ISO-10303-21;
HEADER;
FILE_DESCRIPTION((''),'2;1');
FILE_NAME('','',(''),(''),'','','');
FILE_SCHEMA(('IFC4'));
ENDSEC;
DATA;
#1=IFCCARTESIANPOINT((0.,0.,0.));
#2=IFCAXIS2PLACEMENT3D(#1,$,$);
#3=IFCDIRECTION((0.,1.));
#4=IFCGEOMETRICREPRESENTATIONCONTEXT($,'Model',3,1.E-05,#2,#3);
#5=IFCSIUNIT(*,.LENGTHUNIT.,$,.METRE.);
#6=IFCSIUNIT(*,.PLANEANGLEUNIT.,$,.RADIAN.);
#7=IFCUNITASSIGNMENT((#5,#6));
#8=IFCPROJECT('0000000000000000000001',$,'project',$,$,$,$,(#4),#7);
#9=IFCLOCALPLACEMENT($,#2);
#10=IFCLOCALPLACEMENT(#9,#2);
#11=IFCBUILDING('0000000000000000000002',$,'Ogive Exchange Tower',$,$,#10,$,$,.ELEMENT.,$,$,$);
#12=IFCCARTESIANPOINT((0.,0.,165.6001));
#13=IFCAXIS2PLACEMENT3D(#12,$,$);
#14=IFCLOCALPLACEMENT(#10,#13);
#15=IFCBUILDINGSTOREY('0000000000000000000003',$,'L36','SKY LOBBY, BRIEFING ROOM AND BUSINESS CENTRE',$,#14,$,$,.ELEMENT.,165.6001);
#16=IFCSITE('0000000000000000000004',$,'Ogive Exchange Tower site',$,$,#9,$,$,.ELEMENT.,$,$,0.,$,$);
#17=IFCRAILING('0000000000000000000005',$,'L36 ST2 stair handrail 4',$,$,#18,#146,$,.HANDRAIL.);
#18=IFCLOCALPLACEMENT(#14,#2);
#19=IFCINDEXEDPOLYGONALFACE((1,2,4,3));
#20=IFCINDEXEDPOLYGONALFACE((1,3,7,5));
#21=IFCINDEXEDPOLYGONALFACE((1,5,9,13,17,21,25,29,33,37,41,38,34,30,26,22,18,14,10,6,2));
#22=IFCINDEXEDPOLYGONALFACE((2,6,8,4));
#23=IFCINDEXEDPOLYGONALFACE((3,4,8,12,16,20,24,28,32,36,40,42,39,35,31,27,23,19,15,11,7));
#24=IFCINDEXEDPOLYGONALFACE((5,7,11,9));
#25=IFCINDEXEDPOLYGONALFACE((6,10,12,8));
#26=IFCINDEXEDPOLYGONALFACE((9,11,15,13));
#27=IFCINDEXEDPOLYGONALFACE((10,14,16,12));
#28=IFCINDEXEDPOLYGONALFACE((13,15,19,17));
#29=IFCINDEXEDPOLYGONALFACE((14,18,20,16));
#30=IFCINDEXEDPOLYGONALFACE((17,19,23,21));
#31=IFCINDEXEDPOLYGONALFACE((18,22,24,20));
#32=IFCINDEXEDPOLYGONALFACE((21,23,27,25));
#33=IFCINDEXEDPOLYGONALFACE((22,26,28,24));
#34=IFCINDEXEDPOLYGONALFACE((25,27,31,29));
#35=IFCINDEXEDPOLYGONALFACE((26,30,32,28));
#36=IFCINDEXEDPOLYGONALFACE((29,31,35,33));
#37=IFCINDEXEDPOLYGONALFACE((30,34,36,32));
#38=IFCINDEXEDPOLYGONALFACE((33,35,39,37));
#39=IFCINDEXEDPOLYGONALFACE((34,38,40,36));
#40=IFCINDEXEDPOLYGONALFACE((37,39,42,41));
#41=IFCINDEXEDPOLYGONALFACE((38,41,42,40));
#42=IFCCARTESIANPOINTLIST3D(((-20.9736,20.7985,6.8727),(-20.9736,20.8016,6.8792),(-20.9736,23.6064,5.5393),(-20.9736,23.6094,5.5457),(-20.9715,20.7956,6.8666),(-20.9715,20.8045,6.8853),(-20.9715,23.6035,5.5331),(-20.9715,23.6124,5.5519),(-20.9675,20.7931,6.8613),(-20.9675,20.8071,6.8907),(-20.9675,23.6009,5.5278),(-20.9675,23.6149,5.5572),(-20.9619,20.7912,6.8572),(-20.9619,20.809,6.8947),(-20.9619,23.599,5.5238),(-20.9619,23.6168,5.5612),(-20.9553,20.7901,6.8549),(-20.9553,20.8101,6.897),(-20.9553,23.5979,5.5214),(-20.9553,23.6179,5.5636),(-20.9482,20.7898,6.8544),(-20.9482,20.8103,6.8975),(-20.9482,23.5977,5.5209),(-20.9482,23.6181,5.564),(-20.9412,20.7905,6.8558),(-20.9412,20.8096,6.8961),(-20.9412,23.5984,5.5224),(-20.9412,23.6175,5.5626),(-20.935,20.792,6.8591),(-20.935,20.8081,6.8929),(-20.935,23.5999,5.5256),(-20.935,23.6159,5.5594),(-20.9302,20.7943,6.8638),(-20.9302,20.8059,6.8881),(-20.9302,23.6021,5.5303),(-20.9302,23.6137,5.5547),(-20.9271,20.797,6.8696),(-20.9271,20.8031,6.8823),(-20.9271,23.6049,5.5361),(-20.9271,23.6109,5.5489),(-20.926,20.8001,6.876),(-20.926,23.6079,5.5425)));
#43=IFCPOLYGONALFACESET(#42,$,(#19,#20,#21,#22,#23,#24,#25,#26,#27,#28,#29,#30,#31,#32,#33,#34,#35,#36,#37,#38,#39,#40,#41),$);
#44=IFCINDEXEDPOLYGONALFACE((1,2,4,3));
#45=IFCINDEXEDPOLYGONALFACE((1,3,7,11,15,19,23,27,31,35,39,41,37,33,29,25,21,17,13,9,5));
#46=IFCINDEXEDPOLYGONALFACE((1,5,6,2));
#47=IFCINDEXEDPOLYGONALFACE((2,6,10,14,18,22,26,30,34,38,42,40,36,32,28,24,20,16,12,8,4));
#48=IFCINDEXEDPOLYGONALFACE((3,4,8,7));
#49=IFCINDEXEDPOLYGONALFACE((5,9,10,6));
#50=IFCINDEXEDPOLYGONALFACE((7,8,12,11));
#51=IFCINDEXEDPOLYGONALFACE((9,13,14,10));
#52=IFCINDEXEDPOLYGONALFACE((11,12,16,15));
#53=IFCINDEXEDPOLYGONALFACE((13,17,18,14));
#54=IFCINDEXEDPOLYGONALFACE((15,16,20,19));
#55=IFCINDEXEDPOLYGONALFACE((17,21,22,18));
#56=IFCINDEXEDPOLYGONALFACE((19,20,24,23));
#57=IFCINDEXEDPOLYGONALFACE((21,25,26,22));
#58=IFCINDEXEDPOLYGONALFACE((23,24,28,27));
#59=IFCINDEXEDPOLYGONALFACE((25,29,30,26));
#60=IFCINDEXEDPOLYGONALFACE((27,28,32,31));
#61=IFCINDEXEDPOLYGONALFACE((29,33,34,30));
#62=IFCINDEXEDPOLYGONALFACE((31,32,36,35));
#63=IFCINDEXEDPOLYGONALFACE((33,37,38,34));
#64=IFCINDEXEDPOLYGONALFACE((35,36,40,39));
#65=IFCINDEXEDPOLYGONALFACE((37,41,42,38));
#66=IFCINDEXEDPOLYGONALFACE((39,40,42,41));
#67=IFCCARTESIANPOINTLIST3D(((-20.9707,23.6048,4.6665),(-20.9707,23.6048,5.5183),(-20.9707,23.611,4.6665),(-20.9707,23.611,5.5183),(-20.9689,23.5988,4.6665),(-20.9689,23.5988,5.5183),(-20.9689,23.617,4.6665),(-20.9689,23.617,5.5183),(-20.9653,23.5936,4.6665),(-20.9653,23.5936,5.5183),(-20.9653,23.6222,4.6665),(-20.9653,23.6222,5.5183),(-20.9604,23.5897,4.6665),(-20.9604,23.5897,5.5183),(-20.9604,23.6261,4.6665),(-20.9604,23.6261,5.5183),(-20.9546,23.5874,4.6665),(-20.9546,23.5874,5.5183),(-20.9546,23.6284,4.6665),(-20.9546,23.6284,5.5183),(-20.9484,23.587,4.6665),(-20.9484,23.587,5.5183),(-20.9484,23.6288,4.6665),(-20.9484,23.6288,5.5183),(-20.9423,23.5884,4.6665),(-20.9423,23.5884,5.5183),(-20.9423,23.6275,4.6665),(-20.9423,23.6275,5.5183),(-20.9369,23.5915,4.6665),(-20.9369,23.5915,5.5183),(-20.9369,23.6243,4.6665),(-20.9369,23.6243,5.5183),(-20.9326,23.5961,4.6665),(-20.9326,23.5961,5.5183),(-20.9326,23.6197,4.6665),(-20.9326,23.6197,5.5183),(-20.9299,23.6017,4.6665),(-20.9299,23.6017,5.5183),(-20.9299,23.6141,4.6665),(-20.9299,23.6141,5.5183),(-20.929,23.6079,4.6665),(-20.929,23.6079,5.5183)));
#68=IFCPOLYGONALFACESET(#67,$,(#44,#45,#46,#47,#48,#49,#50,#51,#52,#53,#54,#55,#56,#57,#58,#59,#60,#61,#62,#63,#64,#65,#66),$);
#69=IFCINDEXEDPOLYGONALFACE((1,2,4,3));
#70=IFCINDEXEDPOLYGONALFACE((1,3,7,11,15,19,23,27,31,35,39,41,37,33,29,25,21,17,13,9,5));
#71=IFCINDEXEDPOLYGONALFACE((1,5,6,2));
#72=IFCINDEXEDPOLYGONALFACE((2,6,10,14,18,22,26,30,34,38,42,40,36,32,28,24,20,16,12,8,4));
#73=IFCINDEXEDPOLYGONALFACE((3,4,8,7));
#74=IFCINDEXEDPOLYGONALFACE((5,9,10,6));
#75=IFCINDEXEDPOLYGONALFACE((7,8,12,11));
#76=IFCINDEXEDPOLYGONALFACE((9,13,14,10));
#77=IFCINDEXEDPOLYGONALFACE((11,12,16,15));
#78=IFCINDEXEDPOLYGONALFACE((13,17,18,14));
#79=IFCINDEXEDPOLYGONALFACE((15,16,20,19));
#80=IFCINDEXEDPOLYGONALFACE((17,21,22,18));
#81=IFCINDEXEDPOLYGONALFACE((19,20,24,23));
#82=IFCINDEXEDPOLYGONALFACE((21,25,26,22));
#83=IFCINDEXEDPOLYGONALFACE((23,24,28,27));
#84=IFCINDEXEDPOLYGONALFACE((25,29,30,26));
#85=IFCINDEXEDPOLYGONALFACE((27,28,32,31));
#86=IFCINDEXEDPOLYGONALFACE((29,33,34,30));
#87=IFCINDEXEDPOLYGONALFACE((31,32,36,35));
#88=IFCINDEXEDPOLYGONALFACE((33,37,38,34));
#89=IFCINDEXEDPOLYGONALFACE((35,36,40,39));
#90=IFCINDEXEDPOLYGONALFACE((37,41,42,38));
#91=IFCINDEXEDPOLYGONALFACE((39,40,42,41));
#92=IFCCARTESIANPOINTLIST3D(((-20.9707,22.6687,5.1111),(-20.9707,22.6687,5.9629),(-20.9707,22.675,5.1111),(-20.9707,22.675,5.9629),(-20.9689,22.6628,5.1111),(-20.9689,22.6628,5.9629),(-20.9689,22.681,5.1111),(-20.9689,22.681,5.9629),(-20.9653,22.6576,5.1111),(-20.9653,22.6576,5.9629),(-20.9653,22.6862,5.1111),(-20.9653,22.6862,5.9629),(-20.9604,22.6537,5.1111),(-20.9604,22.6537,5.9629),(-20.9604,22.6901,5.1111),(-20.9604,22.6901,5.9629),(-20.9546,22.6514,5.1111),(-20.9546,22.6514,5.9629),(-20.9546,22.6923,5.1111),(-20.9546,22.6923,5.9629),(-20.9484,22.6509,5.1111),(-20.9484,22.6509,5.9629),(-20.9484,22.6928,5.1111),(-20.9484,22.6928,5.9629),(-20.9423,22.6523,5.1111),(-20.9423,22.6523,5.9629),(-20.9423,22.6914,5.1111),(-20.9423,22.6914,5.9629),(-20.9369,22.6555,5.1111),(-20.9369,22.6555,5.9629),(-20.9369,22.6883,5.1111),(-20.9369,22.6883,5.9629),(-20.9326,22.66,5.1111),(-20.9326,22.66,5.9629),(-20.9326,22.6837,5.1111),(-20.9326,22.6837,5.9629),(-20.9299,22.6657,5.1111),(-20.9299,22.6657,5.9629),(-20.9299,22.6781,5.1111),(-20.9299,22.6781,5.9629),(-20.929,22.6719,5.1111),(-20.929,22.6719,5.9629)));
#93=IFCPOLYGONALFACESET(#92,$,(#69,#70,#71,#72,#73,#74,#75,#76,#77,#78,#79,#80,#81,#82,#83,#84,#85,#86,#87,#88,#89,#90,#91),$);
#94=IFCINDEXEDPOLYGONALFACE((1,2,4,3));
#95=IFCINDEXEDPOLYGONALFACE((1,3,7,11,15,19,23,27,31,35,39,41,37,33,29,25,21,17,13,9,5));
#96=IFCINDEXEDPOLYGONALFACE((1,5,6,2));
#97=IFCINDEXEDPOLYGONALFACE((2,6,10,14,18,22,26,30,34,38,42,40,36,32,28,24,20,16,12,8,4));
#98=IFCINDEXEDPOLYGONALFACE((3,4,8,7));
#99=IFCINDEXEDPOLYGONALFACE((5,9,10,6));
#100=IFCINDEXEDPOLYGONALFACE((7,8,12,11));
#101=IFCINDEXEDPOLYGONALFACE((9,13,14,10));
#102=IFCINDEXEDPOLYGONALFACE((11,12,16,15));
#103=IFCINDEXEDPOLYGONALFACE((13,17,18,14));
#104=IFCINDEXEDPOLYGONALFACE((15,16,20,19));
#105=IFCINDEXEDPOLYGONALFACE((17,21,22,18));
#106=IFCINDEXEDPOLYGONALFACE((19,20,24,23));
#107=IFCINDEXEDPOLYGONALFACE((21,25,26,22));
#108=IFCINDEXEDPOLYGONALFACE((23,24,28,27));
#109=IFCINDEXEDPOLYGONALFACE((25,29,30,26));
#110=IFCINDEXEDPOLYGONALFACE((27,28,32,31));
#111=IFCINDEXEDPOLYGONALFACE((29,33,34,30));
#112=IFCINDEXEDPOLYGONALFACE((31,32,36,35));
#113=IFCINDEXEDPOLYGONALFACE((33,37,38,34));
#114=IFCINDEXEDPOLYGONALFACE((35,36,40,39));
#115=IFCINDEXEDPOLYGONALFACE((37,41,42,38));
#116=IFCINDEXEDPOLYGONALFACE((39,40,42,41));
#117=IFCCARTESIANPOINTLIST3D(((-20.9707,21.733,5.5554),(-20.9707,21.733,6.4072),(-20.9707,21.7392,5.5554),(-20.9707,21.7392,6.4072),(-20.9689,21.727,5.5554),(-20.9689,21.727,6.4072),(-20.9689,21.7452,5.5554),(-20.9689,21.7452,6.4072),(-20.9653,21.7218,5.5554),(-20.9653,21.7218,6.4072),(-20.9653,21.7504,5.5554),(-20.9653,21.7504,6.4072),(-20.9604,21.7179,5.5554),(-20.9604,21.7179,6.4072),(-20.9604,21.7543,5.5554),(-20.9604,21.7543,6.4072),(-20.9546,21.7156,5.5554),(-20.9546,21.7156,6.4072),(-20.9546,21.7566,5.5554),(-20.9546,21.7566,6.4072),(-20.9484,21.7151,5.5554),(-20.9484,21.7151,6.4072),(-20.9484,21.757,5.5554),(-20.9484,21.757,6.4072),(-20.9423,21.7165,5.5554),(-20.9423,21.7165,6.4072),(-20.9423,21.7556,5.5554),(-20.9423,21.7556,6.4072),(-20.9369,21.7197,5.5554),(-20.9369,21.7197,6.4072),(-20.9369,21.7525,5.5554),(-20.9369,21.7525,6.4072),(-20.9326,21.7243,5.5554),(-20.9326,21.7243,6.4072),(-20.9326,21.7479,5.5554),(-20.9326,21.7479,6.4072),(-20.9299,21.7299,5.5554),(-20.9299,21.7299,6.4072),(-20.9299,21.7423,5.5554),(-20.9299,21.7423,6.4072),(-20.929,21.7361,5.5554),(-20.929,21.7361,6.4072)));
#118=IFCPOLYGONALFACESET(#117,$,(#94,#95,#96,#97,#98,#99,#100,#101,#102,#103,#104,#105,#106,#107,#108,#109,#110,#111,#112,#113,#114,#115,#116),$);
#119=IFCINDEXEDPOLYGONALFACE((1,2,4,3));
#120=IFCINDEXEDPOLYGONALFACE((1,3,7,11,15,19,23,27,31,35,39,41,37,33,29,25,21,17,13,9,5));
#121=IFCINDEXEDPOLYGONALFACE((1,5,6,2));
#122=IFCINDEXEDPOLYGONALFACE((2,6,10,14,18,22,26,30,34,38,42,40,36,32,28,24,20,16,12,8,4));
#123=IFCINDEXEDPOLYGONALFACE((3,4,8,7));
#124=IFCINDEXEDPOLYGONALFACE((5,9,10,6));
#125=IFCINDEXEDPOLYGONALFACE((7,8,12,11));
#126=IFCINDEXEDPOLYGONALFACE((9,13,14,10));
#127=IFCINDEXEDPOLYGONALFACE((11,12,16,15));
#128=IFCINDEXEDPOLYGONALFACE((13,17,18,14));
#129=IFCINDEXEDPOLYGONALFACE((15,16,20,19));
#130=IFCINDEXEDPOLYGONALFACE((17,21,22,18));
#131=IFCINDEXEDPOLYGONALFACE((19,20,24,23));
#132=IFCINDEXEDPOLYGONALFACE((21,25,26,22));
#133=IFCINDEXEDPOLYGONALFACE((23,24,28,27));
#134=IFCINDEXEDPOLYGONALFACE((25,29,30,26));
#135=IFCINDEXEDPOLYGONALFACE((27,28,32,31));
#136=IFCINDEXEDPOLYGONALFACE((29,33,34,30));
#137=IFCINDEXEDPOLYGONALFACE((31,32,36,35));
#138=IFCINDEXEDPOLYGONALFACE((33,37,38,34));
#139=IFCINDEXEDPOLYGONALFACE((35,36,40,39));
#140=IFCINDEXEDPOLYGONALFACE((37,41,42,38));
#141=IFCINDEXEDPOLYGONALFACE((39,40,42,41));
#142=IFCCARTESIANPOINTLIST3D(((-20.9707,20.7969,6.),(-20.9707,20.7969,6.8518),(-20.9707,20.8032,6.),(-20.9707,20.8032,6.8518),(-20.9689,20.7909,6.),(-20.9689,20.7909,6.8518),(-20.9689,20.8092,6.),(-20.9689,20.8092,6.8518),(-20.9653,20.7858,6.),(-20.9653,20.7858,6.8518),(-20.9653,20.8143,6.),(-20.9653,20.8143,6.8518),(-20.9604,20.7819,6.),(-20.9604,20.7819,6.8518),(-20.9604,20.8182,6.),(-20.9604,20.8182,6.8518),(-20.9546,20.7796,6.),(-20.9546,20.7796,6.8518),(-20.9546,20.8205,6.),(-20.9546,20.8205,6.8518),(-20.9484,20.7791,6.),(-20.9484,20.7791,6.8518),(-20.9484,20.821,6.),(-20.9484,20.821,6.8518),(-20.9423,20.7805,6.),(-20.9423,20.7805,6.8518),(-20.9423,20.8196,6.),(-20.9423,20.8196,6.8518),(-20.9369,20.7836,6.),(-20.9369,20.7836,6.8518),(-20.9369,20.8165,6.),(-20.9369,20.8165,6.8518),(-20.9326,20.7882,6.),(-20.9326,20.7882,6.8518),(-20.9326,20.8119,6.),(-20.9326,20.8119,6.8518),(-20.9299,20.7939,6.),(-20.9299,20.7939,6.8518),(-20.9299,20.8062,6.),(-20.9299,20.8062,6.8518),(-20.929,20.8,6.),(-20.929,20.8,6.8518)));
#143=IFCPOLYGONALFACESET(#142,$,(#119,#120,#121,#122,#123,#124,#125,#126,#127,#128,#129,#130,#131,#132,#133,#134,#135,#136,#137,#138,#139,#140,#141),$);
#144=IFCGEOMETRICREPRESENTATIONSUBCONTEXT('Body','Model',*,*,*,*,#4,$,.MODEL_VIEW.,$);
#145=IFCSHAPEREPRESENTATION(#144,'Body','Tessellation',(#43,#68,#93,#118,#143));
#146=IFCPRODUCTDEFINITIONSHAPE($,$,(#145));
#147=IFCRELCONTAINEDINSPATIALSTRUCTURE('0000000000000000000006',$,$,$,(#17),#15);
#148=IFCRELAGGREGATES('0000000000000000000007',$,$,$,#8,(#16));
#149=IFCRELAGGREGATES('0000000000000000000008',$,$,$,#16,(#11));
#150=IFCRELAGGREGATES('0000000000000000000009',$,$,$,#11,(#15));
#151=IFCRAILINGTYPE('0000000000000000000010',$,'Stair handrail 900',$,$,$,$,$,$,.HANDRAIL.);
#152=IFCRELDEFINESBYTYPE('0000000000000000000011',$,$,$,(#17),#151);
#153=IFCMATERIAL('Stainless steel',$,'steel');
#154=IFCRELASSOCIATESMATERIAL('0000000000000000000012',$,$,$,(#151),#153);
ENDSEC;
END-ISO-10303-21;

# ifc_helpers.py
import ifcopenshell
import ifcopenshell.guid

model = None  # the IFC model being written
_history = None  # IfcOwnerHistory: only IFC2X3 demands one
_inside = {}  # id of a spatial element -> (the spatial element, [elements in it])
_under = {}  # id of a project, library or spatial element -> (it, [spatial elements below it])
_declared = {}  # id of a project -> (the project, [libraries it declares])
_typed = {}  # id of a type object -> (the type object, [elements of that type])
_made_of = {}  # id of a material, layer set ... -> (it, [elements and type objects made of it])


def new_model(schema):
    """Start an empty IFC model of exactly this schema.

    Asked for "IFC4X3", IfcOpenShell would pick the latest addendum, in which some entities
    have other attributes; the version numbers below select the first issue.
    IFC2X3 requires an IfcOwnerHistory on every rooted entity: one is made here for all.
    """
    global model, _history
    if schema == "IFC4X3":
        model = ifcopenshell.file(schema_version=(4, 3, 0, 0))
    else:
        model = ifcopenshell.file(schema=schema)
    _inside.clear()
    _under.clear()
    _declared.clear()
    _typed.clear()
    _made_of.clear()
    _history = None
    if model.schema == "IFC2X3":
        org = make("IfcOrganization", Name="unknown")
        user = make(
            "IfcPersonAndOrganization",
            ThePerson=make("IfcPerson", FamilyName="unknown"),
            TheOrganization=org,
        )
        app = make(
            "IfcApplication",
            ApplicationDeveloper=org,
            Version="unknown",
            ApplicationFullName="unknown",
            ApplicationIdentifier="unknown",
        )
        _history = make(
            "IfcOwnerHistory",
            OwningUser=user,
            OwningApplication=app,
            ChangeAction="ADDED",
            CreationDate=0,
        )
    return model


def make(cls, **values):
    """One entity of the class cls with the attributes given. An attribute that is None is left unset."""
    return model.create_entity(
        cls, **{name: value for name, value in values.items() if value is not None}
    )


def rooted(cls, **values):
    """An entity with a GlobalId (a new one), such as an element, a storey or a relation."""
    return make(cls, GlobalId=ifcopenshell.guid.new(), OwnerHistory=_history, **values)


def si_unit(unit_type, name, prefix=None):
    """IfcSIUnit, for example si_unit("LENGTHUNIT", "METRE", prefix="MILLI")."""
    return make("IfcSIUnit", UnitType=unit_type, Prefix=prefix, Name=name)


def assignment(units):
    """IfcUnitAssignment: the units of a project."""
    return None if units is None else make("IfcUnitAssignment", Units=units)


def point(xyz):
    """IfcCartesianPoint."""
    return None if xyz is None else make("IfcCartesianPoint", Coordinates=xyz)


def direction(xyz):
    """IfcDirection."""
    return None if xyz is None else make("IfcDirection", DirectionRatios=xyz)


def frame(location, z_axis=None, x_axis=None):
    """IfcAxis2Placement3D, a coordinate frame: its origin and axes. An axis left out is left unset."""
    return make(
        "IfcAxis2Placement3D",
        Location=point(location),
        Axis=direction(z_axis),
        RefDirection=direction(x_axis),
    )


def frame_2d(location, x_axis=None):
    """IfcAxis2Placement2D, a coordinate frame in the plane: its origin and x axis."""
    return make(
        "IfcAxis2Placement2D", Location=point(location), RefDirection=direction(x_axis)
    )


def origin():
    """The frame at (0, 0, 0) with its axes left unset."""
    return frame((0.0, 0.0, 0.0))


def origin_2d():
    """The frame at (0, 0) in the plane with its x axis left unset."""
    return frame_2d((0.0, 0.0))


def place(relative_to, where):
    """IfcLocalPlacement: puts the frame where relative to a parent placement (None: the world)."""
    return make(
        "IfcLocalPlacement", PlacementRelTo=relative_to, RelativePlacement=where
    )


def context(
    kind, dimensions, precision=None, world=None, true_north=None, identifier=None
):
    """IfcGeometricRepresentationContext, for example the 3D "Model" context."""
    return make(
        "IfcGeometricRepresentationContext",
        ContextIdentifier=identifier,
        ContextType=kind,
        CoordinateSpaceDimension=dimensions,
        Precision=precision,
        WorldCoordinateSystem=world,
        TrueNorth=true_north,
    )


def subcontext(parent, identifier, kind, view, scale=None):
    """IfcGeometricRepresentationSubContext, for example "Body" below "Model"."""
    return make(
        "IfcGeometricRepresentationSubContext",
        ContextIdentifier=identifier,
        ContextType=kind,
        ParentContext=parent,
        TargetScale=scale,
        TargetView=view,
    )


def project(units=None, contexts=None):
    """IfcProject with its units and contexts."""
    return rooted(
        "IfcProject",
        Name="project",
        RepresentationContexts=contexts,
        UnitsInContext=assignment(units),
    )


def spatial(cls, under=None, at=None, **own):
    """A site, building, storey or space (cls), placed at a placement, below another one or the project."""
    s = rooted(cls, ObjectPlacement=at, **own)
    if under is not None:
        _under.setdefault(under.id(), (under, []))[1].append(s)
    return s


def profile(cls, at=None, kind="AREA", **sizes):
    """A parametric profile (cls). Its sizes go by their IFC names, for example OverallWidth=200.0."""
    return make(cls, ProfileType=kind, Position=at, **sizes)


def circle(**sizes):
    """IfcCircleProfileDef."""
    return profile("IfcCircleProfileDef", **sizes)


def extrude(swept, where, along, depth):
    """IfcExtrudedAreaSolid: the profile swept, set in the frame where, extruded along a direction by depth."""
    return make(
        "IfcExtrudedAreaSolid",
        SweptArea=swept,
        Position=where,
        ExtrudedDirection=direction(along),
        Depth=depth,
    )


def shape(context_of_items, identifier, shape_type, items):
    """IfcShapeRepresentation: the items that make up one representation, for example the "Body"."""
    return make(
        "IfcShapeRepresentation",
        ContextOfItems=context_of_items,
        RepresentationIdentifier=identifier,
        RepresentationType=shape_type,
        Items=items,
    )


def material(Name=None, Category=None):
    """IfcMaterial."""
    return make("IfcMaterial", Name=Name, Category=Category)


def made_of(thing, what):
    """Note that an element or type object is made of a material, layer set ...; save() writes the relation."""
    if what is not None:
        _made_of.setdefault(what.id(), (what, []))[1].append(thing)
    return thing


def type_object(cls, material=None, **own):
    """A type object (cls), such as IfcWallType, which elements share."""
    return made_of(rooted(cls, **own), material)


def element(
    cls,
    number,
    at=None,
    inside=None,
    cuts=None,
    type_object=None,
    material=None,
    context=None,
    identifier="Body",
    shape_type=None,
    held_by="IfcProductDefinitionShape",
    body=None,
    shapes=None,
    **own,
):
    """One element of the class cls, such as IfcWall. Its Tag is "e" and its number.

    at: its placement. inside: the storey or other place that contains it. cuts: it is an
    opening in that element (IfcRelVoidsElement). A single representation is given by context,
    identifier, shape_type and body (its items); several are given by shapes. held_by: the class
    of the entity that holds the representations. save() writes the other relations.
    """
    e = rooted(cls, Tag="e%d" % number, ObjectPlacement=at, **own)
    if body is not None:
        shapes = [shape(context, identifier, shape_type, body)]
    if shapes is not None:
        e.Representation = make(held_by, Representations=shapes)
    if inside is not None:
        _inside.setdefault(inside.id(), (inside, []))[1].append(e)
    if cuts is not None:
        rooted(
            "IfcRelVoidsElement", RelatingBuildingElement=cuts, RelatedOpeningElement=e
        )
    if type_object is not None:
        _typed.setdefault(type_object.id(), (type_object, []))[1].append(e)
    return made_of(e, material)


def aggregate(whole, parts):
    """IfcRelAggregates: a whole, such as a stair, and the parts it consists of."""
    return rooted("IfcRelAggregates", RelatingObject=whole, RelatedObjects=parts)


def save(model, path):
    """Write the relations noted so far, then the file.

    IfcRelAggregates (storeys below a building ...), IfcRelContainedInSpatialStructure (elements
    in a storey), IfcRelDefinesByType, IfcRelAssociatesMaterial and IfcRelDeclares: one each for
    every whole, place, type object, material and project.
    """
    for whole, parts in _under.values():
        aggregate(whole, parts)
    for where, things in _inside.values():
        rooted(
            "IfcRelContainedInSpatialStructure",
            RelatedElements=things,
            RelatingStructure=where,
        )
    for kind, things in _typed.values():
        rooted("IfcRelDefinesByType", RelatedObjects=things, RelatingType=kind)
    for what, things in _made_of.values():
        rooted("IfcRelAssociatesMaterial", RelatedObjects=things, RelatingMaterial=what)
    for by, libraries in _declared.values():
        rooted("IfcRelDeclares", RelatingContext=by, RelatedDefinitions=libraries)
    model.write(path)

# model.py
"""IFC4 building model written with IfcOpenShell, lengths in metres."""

from ifc_helpers import new_model, si_unit, direction, frame, origin, origin_2d, place, context, subcontext, project, spatial, circle, extrude, material, type_object, element, save


model = new_model("IFC4")

# Units and contexts
model_context = context("Model", 3, precision=1e-05, world=origin(), true_north=direction((0.0, 1.0)))
body_context = subcontext(model_context, "Body", "Model", "MODEL_VIEW")
ifc_project = project(units=[si_unit("LENGTHUNIT", "METRE"), si_unit("PLANEANGLEUNIT", "RADIAN")], contexts=[model_context])

# Site, building, storey
site_placement = place(None, origin())
site = spatial("IfcSite", under=ifc_project, at=site_placement, Name="Ogive Exchange Tower site", CompositionType="ELEMENT", RefElevation=0.0)
building_placement = place(site_placement, origin())
building = spatial("IfcBuilding", under=site, at=building_placement, Name="Ogive Exchange Tower", CompositionType="ELEMENT")
storey_placement = place(building_placement, frame((0.0, 0.0, 165.6001)))
storey = spatial("IfcBuildingStorey", under=building, at=storey_placement, Name="L36", Description="SKY LOBBY, BRIEFING ROOM AND BUSINESS CENTRE", CompositionType="ELEMENT", Elevation=165.6001)

# Railing
ifc_material_1 = material(Name="Stainless steel", Category="steel")
railing_type = type_object("IfcRailingType", Name="Stair handrail 900", PredefinedType="HANDRAIL", material=ifc_material_1)
for number, where, name in (
    (1, (-20.95, 23.6079, 4.6665), "L36 ST2 stair handrail 4"),
):
    element("IfcRailing", number, at=place(storey_placement, frame(where)), inside=storey, type_object=railing_type, Name=name, PredefinedType="HANDRAIL", context=body_context, shape_type="SweptSolid", body=[
        extrude(circle(Radius=0.0239, at=origin_2d()), frame((0.0, 0.0, 0.876), z_axis=(0.0, -0.903307, 0.428994), x_axis=(1.0, 0.0, 0.0)), (0.0, 0.0, 1.0), 3.1084),
        extrude(circle(Radius=0.021, at=origin_2d()), origin(), (0.0, 0.0, 1.0), 0.8518),
        extrude(circle(Radius=0.021, at=origin_2d()), frame((0.0, -0.936, 0.4446)), (0.0, 0.0, 1.0), 0.8518),
        extrude(circle(Radius=0.021, at=origin_2d()), frame((0.0, -1.8718, 0.8889)), (0.0, 0.0, 1.0), 0.8518),
        extrude(circle(Radius=0.021, at=origin_2d()), frame((0.0, -2.8079, 1.3335)), (0.0, 0.0, 1.0), 0.8518),
    ])

save(model, "model.ifc")
